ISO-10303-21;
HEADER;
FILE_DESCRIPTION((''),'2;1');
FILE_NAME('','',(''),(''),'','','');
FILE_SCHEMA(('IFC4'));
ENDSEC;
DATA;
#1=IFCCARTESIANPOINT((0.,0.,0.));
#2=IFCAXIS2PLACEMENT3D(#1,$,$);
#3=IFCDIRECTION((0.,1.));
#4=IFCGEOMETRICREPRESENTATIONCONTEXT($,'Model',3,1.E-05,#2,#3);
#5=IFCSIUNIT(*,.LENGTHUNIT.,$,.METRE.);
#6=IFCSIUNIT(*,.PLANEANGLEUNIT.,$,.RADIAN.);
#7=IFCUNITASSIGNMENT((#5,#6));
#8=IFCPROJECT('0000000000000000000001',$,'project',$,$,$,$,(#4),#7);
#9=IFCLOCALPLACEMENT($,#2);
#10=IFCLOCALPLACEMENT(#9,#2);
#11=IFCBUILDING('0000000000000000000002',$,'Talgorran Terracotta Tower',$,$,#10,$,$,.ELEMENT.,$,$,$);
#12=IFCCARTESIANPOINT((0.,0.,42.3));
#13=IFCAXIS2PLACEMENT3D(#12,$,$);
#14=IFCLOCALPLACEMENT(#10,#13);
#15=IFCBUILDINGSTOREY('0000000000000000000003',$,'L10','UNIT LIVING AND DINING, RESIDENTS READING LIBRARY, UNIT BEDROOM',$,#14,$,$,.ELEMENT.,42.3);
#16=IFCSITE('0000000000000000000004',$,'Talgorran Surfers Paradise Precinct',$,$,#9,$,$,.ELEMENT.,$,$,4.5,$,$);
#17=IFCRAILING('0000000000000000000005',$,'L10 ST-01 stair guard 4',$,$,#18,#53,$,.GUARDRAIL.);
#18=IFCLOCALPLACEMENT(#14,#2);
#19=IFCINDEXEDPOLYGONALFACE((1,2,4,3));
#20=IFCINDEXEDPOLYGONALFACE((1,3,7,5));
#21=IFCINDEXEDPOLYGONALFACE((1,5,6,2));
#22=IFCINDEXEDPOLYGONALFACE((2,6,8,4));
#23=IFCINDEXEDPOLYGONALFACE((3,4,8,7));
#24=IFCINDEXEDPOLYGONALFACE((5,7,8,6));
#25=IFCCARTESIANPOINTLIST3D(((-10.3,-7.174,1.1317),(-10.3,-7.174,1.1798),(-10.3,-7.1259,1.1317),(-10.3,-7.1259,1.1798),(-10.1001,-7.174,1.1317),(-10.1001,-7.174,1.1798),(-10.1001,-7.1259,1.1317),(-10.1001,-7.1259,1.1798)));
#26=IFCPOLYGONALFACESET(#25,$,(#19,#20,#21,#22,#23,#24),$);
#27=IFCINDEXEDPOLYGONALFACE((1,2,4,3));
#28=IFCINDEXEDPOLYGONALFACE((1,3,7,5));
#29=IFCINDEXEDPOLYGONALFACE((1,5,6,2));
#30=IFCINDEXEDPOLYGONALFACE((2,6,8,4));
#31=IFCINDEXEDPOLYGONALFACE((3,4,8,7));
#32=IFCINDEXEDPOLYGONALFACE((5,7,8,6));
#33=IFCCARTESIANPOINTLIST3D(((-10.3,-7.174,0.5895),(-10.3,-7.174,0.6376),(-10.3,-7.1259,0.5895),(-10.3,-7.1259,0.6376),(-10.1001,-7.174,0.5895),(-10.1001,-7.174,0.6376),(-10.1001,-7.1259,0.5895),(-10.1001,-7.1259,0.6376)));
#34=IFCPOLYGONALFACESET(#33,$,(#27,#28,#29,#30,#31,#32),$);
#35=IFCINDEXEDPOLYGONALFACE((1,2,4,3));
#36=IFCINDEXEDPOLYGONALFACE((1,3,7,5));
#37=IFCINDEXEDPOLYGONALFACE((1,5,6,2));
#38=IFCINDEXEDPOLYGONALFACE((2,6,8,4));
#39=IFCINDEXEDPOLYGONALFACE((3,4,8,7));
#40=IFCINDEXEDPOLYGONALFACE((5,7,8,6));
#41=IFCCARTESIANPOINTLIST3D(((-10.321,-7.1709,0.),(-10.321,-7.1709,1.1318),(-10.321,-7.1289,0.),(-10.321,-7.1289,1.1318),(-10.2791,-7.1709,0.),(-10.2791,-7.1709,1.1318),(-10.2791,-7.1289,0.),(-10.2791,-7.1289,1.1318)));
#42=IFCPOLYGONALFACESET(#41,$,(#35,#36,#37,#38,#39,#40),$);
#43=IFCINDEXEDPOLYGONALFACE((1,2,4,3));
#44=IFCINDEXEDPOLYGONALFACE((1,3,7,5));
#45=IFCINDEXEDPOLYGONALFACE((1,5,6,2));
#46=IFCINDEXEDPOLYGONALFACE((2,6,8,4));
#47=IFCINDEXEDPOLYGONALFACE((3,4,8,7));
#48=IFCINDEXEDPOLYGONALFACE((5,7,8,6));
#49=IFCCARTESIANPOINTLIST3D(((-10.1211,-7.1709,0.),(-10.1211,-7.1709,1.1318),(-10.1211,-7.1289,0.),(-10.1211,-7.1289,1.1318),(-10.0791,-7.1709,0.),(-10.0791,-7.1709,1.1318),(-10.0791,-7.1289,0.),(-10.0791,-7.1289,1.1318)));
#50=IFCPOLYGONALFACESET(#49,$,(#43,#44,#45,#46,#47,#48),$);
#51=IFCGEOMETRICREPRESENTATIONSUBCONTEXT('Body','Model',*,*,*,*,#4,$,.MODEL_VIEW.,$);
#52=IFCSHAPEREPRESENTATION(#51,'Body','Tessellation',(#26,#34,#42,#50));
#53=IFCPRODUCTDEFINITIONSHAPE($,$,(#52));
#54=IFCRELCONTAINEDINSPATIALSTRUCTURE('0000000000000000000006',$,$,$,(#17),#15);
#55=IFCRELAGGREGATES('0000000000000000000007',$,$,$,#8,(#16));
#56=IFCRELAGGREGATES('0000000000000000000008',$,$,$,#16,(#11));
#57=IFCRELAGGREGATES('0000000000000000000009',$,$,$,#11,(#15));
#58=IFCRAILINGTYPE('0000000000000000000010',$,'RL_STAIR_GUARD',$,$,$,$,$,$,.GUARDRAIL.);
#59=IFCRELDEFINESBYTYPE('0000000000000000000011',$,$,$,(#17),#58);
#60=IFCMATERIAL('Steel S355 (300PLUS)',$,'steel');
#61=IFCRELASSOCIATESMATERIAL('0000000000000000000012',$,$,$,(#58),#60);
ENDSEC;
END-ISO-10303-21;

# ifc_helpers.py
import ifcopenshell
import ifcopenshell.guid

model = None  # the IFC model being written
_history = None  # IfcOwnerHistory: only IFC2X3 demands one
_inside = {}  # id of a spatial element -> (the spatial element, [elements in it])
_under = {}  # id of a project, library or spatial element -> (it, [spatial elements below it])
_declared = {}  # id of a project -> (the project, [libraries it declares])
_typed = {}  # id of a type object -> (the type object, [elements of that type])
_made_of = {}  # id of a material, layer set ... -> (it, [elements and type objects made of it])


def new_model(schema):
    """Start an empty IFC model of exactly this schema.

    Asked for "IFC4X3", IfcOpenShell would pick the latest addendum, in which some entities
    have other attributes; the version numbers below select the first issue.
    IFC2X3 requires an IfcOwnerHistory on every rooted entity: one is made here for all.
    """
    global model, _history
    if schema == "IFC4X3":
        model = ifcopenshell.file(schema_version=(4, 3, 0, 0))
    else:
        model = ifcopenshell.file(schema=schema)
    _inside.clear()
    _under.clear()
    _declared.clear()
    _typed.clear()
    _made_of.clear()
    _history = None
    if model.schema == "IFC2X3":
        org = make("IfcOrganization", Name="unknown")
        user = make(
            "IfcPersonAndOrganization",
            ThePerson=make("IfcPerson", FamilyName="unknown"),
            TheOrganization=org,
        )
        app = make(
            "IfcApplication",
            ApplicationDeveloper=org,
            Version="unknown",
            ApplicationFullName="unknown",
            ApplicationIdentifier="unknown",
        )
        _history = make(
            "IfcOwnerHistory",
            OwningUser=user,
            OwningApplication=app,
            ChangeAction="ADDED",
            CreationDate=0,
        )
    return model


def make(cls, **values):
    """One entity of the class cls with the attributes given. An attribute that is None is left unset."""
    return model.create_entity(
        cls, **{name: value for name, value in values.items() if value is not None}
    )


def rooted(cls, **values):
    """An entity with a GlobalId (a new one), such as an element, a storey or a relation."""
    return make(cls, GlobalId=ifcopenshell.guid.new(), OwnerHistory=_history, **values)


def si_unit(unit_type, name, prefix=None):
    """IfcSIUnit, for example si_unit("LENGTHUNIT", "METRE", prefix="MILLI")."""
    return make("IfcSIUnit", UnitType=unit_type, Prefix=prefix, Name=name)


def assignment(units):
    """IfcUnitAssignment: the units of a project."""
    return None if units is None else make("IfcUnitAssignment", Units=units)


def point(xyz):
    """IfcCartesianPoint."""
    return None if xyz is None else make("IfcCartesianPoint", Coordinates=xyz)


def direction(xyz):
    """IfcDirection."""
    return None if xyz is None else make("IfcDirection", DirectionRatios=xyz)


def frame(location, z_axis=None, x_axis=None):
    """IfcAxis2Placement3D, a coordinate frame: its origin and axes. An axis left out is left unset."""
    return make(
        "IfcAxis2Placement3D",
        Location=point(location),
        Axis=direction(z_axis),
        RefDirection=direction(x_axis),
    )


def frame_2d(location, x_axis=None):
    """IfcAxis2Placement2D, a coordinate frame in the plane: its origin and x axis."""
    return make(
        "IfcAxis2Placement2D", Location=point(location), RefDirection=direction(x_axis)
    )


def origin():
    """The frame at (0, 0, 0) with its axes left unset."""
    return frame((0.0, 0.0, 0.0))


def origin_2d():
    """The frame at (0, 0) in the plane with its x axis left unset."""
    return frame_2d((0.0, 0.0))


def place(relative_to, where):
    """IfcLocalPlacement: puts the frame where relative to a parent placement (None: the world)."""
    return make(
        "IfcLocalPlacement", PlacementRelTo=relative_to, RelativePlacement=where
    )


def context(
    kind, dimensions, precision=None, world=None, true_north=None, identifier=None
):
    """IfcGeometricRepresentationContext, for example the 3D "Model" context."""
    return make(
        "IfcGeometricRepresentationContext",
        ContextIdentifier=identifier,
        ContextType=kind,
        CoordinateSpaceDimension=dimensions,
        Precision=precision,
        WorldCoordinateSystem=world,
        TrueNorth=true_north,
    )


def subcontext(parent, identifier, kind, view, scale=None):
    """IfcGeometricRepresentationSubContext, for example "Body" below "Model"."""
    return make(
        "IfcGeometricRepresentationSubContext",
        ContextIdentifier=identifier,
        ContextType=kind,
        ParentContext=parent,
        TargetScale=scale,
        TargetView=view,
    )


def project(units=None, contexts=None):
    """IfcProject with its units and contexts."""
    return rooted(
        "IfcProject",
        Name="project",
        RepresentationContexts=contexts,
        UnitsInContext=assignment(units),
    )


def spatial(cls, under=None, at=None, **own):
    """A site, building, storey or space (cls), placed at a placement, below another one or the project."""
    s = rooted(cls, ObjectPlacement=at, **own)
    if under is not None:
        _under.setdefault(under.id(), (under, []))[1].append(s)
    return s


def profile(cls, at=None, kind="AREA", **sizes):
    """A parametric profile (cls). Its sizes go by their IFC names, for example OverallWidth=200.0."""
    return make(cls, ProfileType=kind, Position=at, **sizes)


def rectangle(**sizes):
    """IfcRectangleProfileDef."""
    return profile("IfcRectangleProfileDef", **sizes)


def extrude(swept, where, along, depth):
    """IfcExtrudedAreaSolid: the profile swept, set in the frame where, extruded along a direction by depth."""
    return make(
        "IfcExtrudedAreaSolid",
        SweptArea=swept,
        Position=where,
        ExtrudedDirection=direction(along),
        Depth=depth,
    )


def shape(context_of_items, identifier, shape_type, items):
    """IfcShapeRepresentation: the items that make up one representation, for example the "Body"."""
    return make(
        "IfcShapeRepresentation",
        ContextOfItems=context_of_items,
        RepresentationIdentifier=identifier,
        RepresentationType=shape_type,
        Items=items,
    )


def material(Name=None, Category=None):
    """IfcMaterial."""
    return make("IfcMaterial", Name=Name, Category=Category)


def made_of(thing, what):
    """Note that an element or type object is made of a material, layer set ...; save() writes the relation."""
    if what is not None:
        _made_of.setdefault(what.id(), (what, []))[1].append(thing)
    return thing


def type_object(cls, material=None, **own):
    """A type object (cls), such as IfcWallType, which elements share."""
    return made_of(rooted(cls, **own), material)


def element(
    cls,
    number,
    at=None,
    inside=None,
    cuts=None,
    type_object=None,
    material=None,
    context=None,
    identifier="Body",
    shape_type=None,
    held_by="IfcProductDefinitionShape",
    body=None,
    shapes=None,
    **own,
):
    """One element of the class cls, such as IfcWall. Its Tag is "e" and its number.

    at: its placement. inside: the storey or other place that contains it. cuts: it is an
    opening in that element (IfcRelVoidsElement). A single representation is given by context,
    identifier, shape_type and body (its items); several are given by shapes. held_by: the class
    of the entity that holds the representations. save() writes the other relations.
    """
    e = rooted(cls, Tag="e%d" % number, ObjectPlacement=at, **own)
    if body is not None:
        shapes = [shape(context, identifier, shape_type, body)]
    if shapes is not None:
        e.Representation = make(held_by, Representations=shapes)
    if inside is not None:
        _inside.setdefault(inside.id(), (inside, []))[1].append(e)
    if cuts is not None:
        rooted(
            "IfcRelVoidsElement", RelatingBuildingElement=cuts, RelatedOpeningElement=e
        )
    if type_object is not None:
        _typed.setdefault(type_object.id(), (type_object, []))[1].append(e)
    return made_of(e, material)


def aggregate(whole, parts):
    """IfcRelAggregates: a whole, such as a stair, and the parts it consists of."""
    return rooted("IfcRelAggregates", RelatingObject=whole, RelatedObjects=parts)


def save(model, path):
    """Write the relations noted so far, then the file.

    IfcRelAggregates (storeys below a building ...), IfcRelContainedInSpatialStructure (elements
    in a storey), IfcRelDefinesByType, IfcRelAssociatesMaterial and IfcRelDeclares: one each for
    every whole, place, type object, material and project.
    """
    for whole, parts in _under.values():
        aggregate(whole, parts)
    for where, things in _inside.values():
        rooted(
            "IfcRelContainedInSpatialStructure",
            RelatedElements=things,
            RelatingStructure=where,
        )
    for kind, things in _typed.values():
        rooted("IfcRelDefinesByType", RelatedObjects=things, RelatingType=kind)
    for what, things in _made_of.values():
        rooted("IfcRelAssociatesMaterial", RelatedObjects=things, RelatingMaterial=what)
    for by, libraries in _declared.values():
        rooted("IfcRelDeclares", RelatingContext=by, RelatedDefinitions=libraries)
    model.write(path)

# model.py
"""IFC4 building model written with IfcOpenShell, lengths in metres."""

from ifc_helpers import new_model, si_unit, direction, frame, origin, origin_2d, place, context, subcontext, project, spatial, rectangle, extrude, material, type_object, element, save


model = new_model("IFC4")

# Units and contexts
model_context = context("Model", 3, precision=1e-05, world=origin(), true_north=direction((0.0, 1.0)))
body_context = subcontext(model_context, "Body", "Model", "MODEL_VIEW")
ifc_project = project(units=[si_unit("LENGTHUNIT", "METRE"), si_unit("PLANEANGLEUNIT", "RADIAN")], contexts=[model_context])

# Site, building, storey
site_placement = place(None, origin())
site = spatial("IfcSite", under=ifc_project, at=site_placement, Name="Talgorran Surfers Paradise Precinct", CompositionType="ELEMENT", RefElevation=4.5)
building_placement = place(site_placement, origin())
building = spatial("IfcBuilding", under=site, at=building_placement, Name="Talgorran Terracotta Tower", CompositionType="ELEMENT")
storey_placement = place(building_placement, frame((0.0, 0.0, 42.3)))
storey = spatial("IfcBuildingStorey", under=building, at=storey_placement, Name="L10", Description="UNIT LIVING AND DINING, RESIDENTS READING LIBRARY, UNIT BEDROOM", CompositionType="ELEMENT", Elevation=42.3)

# Railing
ifc_material_1 = material(Name="Steel S355 (300PLUS)", Category="steel")
railing_type_1 = type_object("IfcRailingType", Name="RL_STAIR_GUARD", PredefinedType="GUARDRAIL", material=ifc_material_1)
railing_1_placement = place(storey_placement, frame((-10.3, -7.1499, 0.0)))
element("IfcRailing", 1, at=railing_1_placement, inside=storey, type_object=railing_type_1, Name="L10 ST-01 stair guard 4", PredefinedType="GUARDRAIL", context=body_context, shape_type="SweptSolid", body=[
    extrude(rectangle(XDim=0.0481, YDim=0.0481, at=origin_2d()), frame((0.0, 0.0, 1.1558), z_axis=(1.0, 0.0, 0.0), x_axis=(0.0, 1.0, 0.0)), (0.0, 0.0, 1.0), 0.2),
    extrude(rectangle(XDim=0.0481, YDim=0.0481, at=origin_2d()), frame((0.0, 0.0, 0.6135), z_axis=(1.0, 0.0, 0.0), x_axis=(0.0, 1.0, 0.0)), (0.0, 0.0, 1.0), 0.2),
    extrude(rectangle(XDim=0.042, YDim=0.042, at=origin_2d()), origin(), (0.0, 0.0, 1.0), 1.1318),
    extrude(rectangle(XDim=0.042, YDim=0.042, at=origin_2d()), frame((0.2, 0.0, 0.0)), (0.0, 0.0, 1.0), 1.1318),
])

save(model, "model.ifc")
